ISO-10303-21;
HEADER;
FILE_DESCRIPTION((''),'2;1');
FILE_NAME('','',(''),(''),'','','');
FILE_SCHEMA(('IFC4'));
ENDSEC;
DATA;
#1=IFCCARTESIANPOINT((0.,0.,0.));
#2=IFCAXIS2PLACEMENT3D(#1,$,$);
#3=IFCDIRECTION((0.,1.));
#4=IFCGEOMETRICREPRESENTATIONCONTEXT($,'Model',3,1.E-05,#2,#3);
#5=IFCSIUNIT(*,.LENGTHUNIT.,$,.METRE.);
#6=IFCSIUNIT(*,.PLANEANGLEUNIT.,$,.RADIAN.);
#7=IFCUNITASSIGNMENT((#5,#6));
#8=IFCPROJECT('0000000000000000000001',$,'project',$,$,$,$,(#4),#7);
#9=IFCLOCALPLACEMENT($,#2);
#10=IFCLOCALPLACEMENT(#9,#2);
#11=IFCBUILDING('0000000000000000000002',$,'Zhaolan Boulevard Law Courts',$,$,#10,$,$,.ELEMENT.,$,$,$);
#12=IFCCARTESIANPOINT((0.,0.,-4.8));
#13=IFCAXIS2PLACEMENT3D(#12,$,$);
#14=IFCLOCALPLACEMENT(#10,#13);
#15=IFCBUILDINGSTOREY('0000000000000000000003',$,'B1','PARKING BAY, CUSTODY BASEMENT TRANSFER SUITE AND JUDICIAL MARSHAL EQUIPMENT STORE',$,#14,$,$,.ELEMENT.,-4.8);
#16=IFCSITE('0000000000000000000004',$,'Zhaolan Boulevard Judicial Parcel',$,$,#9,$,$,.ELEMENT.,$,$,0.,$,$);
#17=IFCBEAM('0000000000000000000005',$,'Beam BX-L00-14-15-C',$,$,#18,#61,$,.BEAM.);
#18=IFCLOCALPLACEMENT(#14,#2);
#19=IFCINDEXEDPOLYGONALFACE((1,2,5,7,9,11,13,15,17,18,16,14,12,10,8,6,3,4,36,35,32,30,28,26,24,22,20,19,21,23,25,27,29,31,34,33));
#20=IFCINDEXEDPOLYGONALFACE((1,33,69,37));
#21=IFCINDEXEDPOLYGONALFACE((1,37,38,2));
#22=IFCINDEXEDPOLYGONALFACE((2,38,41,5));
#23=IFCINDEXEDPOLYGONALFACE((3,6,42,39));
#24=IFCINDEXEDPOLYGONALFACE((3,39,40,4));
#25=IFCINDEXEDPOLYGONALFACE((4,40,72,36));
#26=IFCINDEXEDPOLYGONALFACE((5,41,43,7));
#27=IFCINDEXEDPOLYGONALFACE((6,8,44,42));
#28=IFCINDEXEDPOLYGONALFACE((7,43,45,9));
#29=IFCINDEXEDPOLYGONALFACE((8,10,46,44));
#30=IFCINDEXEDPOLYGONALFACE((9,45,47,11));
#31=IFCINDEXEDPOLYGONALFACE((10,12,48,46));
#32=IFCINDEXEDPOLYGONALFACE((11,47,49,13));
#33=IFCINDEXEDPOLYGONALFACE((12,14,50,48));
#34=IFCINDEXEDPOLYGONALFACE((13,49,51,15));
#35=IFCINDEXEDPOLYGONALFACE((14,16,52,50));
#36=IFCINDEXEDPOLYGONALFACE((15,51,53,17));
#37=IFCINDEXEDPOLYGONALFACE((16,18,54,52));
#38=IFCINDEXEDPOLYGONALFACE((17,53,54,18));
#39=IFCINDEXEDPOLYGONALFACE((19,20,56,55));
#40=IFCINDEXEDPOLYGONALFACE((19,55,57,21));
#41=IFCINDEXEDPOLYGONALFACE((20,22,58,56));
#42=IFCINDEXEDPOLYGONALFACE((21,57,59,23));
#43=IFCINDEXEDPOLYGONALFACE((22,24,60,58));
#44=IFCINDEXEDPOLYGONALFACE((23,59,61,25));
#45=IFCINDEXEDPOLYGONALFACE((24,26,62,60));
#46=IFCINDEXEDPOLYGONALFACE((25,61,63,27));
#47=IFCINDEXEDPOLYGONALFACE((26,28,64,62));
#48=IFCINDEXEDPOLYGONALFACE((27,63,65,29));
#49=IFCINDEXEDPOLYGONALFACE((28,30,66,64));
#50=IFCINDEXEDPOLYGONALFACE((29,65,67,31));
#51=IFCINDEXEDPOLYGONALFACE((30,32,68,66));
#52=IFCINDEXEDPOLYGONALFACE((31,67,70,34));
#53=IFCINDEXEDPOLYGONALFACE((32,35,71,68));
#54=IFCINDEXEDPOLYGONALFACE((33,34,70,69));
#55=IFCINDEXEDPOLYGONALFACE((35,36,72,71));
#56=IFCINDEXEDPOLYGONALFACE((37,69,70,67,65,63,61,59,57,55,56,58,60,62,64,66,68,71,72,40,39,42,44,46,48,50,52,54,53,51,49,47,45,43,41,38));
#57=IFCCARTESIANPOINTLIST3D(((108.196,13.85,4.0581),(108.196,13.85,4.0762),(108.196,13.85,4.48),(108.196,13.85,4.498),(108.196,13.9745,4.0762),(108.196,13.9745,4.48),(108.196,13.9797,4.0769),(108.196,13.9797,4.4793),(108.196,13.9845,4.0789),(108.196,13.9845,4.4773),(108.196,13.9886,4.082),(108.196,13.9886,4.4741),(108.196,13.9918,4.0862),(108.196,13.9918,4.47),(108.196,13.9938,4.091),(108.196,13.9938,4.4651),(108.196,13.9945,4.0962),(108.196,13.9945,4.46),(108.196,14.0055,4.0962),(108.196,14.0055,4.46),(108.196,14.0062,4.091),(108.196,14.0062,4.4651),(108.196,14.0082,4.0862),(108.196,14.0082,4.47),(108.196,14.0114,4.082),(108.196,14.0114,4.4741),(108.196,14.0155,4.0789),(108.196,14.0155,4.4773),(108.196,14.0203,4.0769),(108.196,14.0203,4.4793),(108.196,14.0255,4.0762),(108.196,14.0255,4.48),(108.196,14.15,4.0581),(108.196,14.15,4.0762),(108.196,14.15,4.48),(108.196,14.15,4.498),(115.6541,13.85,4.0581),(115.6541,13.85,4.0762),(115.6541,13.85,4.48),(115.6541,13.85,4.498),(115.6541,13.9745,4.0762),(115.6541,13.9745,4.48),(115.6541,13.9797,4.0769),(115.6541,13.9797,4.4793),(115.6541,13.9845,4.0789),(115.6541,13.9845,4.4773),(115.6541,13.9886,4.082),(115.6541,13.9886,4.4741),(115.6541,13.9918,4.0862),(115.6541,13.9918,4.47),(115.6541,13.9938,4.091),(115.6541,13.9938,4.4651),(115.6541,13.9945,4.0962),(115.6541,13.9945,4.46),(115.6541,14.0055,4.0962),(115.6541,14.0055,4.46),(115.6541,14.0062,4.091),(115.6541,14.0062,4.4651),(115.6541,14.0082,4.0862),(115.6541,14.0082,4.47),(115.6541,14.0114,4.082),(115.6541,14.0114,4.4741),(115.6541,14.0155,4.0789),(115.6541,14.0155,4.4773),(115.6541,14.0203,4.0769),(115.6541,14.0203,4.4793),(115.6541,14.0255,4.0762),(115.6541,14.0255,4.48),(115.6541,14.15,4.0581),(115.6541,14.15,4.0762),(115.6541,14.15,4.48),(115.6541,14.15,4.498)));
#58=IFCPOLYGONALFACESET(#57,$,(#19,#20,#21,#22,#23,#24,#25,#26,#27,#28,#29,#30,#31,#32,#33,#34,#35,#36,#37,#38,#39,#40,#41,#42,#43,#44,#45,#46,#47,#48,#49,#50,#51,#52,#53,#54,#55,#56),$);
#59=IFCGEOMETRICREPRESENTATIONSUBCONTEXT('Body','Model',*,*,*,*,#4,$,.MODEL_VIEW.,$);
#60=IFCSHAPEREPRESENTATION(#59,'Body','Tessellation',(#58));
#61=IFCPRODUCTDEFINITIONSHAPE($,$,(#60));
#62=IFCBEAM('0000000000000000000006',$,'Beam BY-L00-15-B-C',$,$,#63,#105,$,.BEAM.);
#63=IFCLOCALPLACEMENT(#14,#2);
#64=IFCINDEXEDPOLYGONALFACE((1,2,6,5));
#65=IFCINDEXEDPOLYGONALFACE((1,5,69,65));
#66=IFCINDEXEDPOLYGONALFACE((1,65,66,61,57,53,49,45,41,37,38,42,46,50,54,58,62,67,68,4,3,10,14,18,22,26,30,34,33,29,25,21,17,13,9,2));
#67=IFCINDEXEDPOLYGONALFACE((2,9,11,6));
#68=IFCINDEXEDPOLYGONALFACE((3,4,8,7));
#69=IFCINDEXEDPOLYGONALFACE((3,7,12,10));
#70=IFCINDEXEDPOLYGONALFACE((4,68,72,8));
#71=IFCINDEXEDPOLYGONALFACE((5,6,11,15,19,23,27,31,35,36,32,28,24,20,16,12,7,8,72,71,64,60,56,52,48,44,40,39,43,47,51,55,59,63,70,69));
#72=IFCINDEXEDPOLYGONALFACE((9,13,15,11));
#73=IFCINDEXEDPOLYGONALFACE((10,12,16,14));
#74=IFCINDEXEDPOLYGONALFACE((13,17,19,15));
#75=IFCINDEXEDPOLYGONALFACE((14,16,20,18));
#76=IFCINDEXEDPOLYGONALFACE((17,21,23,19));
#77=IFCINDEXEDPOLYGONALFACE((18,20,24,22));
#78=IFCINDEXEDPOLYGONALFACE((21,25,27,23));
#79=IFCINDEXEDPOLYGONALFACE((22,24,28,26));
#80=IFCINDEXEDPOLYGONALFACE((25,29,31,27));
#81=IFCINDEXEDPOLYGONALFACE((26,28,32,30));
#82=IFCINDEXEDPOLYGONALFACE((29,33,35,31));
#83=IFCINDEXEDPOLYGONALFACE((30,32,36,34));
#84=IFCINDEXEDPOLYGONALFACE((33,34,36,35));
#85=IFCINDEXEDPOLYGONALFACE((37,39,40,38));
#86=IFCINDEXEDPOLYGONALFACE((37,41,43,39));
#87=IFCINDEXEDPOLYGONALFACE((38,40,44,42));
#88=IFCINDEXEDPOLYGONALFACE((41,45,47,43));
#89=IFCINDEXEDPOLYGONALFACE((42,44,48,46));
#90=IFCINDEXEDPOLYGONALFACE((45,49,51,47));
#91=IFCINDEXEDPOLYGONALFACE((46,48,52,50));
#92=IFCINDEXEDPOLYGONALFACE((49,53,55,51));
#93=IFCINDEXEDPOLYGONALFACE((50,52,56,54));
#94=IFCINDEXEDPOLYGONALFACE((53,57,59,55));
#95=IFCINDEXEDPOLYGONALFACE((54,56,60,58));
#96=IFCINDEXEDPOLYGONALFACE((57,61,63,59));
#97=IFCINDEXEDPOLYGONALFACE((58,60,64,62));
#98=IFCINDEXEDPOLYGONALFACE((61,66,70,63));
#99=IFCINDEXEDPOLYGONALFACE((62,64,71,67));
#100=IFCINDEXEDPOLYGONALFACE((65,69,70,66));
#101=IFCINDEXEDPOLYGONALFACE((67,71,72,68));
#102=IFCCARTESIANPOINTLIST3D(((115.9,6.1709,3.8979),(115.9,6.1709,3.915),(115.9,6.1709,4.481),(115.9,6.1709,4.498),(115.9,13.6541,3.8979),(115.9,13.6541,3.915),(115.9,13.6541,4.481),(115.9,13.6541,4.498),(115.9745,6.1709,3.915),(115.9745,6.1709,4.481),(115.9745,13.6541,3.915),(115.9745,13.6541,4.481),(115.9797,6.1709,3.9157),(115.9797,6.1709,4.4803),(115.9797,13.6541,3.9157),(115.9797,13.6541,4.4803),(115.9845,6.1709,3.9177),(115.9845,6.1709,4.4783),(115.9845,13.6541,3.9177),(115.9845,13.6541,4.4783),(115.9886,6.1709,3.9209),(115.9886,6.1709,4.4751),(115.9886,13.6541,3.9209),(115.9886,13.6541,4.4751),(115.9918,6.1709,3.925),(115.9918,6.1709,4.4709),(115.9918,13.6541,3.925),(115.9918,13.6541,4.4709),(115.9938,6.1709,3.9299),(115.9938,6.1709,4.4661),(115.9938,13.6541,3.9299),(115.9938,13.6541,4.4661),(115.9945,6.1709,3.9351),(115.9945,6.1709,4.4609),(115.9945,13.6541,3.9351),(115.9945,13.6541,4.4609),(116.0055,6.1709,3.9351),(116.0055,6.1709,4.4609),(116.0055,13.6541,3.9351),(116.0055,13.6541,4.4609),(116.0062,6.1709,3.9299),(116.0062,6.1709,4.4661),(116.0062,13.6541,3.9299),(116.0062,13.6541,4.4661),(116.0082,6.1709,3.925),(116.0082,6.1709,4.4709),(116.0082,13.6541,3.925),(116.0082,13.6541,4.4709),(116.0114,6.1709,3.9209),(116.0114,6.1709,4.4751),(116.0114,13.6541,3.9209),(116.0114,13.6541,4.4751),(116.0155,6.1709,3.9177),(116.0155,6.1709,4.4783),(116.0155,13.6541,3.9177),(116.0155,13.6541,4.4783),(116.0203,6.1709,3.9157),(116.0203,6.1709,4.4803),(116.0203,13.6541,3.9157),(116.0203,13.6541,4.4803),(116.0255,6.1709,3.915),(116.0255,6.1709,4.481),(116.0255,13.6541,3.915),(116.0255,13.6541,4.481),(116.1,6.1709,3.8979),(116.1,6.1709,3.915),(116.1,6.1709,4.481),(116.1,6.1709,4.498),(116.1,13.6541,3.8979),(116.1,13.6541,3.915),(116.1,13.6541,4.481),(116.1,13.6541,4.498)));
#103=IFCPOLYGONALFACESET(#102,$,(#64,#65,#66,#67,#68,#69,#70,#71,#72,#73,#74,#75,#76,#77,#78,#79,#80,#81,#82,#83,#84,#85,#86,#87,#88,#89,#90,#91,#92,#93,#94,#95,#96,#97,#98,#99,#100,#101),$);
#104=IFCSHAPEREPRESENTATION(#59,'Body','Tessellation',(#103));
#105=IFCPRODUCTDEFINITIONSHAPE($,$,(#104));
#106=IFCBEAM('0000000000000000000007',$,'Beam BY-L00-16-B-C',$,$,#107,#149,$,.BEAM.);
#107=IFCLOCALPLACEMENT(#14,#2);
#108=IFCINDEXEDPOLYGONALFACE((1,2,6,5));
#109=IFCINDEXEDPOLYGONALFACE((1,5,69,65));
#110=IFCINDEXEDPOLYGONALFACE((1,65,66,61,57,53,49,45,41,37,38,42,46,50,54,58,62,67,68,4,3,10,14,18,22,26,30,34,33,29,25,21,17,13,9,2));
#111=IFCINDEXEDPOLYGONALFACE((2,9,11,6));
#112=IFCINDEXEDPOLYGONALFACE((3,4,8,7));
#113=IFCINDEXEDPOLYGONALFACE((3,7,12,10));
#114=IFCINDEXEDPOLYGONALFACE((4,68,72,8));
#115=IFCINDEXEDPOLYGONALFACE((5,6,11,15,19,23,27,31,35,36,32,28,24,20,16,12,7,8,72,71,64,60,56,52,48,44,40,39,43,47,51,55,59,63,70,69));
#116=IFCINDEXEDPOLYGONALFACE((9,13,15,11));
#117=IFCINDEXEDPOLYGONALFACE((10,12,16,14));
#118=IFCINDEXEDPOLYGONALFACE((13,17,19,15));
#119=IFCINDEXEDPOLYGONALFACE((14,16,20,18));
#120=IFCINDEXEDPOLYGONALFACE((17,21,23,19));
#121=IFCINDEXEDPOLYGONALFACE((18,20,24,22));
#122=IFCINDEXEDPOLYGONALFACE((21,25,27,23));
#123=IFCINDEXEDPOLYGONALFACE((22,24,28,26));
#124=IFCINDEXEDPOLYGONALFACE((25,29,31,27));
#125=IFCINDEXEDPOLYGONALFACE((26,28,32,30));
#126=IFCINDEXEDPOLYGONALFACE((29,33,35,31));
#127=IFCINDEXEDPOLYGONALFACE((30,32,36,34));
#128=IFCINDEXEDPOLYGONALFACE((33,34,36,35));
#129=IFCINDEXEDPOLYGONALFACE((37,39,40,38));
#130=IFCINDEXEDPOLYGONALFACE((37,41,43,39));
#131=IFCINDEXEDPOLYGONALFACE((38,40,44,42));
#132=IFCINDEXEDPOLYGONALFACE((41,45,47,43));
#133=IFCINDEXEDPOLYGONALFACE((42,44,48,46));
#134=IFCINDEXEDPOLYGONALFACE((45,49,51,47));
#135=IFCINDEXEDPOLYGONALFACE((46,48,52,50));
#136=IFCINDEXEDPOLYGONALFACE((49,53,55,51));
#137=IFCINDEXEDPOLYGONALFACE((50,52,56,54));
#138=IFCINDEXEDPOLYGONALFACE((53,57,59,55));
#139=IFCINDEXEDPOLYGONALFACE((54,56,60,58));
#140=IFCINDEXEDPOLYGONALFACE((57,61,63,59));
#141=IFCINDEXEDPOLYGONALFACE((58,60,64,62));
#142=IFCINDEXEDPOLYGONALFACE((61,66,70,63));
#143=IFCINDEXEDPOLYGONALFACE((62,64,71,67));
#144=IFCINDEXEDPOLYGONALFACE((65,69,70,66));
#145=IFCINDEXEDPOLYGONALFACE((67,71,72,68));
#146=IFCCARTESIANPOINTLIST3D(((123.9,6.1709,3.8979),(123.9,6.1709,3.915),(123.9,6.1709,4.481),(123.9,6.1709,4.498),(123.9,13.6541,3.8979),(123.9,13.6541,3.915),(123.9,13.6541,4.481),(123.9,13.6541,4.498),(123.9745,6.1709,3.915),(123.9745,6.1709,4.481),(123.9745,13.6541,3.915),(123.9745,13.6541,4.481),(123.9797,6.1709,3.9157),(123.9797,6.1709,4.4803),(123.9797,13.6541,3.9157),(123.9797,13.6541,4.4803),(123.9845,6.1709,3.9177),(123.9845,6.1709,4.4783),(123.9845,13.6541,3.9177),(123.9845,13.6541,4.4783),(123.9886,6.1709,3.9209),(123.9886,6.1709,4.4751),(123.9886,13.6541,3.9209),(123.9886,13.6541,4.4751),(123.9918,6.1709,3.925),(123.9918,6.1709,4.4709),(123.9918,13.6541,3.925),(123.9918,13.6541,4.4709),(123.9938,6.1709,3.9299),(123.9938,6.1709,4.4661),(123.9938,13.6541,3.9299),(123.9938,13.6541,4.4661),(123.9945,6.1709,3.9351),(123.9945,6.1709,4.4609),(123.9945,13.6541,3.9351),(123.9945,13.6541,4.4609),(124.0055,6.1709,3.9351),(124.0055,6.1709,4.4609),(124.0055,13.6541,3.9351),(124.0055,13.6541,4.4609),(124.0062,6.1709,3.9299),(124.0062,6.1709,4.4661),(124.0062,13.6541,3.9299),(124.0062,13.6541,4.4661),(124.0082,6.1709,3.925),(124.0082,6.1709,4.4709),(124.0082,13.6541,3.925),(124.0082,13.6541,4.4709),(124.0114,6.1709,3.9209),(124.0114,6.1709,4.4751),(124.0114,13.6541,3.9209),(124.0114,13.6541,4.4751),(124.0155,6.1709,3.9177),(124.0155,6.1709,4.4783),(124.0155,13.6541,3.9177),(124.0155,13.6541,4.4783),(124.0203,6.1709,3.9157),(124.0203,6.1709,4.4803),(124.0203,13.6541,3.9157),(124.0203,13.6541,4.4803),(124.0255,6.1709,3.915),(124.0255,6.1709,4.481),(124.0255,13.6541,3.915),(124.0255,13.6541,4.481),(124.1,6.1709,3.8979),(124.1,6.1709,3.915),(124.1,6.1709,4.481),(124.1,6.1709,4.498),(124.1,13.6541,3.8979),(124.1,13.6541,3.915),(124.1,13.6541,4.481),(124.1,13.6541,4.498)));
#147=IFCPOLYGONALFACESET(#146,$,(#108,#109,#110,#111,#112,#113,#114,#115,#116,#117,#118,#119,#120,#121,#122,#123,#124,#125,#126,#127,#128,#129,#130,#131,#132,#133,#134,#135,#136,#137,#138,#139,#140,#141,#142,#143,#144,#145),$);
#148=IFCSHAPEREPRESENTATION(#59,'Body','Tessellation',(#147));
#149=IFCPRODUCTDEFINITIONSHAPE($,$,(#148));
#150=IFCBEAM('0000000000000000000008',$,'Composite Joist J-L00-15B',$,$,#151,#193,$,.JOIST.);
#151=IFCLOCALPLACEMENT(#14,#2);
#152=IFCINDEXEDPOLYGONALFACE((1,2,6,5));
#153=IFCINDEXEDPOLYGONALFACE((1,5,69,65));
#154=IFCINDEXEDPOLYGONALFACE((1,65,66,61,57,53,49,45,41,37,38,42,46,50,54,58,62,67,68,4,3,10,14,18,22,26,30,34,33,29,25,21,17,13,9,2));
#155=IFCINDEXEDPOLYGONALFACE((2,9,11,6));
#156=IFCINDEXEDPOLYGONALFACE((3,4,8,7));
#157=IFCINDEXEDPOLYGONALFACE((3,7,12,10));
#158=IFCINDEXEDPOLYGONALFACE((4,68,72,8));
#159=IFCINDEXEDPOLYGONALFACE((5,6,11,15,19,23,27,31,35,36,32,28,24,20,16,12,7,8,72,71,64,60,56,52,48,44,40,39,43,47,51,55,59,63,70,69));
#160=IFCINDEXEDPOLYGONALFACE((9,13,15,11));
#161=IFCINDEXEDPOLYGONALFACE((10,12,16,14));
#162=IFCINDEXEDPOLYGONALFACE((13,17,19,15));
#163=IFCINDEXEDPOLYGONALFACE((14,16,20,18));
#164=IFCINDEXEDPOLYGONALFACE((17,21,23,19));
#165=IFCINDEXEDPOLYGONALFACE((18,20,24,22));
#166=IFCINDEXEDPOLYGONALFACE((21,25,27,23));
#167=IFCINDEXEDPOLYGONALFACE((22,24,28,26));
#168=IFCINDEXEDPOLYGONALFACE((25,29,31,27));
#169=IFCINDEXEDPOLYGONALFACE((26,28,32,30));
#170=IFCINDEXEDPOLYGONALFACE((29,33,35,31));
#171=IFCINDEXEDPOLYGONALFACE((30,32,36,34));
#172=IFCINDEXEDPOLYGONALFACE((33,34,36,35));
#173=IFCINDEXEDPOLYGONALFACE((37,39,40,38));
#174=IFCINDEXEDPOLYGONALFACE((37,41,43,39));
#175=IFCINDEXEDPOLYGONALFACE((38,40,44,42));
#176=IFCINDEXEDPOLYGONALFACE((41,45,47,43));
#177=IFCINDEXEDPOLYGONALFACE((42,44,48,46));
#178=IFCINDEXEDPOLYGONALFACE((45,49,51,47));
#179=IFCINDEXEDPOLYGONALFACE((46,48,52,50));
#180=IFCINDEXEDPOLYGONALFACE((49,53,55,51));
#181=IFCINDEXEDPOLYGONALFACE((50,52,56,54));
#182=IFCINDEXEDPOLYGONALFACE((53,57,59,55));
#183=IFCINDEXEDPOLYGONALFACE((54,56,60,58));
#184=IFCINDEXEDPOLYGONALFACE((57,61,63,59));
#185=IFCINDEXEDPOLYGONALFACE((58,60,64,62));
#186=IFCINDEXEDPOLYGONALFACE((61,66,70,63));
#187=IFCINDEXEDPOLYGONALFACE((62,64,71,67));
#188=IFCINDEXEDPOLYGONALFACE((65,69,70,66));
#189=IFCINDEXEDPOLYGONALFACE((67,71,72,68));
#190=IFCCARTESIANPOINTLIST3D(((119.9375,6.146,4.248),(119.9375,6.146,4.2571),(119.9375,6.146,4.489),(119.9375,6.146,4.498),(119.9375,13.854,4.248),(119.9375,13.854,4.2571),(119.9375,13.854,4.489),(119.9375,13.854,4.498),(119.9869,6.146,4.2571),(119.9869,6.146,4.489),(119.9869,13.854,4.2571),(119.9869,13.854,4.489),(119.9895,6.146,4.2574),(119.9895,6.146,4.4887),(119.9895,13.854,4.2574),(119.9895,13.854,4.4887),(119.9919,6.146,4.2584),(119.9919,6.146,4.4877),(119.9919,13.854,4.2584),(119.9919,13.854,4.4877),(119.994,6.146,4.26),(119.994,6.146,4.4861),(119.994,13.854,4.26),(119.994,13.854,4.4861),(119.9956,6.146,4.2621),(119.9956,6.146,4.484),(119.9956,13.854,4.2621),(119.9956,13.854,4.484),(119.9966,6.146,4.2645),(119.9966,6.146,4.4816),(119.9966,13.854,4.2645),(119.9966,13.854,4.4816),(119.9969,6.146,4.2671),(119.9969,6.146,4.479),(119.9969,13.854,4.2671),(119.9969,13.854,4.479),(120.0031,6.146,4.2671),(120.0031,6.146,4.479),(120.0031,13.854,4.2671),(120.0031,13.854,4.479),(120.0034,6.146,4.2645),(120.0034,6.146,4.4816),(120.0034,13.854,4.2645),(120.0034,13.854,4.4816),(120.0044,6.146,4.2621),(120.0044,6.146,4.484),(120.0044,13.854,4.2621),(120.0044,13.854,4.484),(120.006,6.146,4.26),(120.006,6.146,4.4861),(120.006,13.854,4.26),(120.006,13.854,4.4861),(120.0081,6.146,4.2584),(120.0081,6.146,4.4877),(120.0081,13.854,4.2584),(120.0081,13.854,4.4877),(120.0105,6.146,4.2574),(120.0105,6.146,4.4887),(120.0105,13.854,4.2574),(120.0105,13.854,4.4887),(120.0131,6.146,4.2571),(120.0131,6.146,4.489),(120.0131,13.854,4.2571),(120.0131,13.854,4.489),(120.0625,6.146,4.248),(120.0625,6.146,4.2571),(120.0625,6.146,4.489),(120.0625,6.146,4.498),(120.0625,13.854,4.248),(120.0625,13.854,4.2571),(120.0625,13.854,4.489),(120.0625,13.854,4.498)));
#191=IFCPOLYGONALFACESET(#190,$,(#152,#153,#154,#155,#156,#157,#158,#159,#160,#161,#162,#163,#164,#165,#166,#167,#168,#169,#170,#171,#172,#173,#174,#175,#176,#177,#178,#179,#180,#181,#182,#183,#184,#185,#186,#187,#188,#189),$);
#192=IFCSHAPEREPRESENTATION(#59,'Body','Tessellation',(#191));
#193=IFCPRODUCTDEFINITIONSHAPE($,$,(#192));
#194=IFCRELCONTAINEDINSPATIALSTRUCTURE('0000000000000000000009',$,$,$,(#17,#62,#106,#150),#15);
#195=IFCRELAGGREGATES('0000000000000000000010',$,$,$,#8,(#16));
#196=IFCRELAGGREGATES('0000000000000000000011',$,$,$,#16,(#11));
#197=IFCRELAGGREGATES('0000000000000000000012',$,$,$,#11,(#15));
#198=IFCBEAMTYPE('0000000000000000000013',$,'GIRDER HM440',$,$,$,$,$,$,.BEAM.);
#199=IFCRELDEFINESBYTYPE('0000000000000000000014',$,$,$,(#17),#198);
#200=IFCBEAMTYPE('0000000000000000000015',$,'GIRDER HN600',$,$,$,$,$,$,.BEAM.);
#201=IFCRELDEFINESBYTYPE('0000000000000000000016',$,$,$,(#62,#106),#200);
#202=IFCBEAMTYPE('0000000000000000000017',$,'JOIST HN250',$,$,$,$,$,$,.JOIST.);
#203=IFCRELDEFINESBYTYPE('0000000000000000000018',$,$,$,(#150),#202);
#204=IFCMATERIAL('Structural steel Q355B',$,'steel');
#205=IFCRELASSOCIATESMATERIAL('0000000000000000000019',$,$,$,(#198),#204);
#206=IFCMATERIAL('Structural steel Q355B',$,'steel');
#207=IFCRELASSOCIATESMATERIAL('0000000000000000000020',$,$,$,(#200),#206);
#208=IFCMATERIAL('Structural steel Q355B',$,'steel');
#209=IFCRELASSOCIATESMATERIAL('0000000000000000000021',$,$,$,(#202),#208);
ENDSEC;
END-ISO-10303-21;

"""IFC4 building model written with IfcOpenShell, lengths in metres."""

from ifc_helpers import new_model, si_unit, direction, frame, origin, origin_2d, place, context, subcontext, project, spatial, i_section, extrude, material, material_profile, profile_set, type_object, element, save


model = new_model("IFC4")

# Units and contexts
model_context = context("Model", 3, precision=1e-05, world=origin(), true_north=direction((0.0, 1.0)))
body_context = subcontext(model_context, "Body", "Model", "MODEL_VIEW")
ifc_project = project(units=[si_unit("LENGTHUNIT", "METRE"), si_unit("PLANEANGLEUNIT", "RADIAN")], contexts=[model_context])

# Site, building, storey
site_placement = place(None, origin())
site = spatial("IfcSite", under=ifc_project, at=site_placement, Name="Zhaolan Boulevard Judicial Parcel", CompositionType="ELEMENT", RefElevation=0.0)
building_placement = place(site_placement, origin())
building = spatial("IfcBuilding", under=site, at=building_placement, Name="Zhaolan Boulevard Law Courts", CompositionType="ELEMENT")
storey_placement = place(building_placement, frame((0.0, 0.0, -4.8)))
storey = spatial("IfcBuildingStorey", under=building, at=storey_placement, Name="B1", Description="PARKING BAY, CUSTODY BASEMENT TRANSFER SUITE AND JUDICIAL MARSHAL EQUIPMENT STORE", CompositionType="ELEMENT", Elevation=-4.8)

# Beams
ifc_material_1 = material(Name="Structural steel Q355B", Category="steel")
ifc_material_profile_1 = material_profile(ifc_material_1, i_section(OverallWidth=0.3, OverallDepth=0.4399, WebThickness=0.011, FlangeThickness=0.0181, FilletRadius=0.02, at=origin_2d()), Name="HM440x300")
ifc_profile_set_1 = profile_set([ifc_material_profile_1], Name="Structural steel Q355B")
beam_type_1 = type_object("IfcBeamType", Name="GIRDER HM440", PredefinedType="BEAM", material=ifc_profile_set_1)
beam_1_placement = place(storey_placement, frame((108.196, 14.0, 4.2781), z_axis=(1.0, 0.0, 0.0), x_axis=(0.0, 1.0, 0.0)))
element("IfcBeam", 1, at=beam_1_placement, inside=storey, type_object=beam_type_1, Name="Beam BX-L00-14-15-C", PredefinedType="BEAM", context=body_context, shape_type="SweptSolid", body=[
    extrude(i_section(OverallWidth=0.3, OverallDepth=0.4399, WebThickness=0.011, FlangeThickness=0.0181, FilletRadius=0.02, at=origin_2d()), origin(), (0.0, 0.0, 1.0), 7.458),
])
ifc_material_2 = material(Name="Structural steel Q355B", Category="steel")
ifc_material_profile_2 = material_profile(ifc_material_2, i_section(OverallWidth=0.2, OverallDepth=0.6001, WebThickness=0.011, FlangeThickness=0.0171, FilletRadius=0.02, at=origin_2d()), Name="HN600x200")
ifc_profile_set_2 = profile_set([ifc_material_profile_2], Name="Structural steel Q355B")
beam_type_2 = type_object("IfcBeamType", Name="GIRDER HN600", PredefinedType="BEAM", material=ifc_profile_set_2)
for number, where, z_axis, x_axis, name in (
    (2, (116.0, 6.1709, 4.198), (0.0, 1.0, 0.0), (-1.0, 0.0, 0.0), "Beam BY-L00-15-B-C"),
    (3, (124.0, 6.1709, 4.198), (0.0, 1.0, 0.0), (-1.0, 0.0, 0.0), "Beam BY-L00-16-B-C"),
):
    element("IfcBeam", number, at=place(storey_placement, frame(where, z_axis=z_axis, x_axis=x_axis)), inside=storey, type_object=beam_type_2, Name=name, PredefinedType="BEAM", context=body_context, shape_type="SweptSolid", body=[
        extrude(i_section(OverallWidth=0.2, OverallDepth=0.6001, WebThickness=0.011, FlangeThickness=0.0171, FilletRadius=0.02, at=origin_2d()), origin(), (0.0, 0.0, 1.0), 7.4832),
    ])
ifc_material_3 = material(Name="Structural steel Q355B", Category="steel")
ifc_material_profile_3 = material_profile(ifc_material_3, i_section(OverallWidth=0.125, OverallDepth=0.25, WebThickness=0.0061, FlangeThickness=0.009, FilletRadius=0.01, at=origin_2d()), Name="HN250x125")
ifc_profile_set_3 = profile_set([ifc_material_profile_3], Name="Structural steel Q355B")
beam_type_3 = type_object("IfcBeamType", Name="JOIST HN250", PredefinedType="JOIST", material=ifc_profile_set_3)
beam_2_placement = place(storey_placement, frame((120.0, 6.146, 4.373), z_axis=(0.0, 1.0, 0.0), x_axis=(-1.0, 0.0, 0.0)))
element("IfcBeam", 4, at=beam_2_placement, inside=storey, type_object=beam_type_3, Name="Composite Joist J-L00-15B", PredefinedType="JOIST", context=body_context, shape_type="SweptSolid", body=[
    extrude(i_section(OverallWidth=0.125, OverallDepth=0.25, WebThickness=0.0061, FlangeThickness=0.009, FilletRadius=0.01, at=origin_2d()), origin(), (0.0, 0.0, 1.0), 7.708),
])

save(model, "model.ifc")
